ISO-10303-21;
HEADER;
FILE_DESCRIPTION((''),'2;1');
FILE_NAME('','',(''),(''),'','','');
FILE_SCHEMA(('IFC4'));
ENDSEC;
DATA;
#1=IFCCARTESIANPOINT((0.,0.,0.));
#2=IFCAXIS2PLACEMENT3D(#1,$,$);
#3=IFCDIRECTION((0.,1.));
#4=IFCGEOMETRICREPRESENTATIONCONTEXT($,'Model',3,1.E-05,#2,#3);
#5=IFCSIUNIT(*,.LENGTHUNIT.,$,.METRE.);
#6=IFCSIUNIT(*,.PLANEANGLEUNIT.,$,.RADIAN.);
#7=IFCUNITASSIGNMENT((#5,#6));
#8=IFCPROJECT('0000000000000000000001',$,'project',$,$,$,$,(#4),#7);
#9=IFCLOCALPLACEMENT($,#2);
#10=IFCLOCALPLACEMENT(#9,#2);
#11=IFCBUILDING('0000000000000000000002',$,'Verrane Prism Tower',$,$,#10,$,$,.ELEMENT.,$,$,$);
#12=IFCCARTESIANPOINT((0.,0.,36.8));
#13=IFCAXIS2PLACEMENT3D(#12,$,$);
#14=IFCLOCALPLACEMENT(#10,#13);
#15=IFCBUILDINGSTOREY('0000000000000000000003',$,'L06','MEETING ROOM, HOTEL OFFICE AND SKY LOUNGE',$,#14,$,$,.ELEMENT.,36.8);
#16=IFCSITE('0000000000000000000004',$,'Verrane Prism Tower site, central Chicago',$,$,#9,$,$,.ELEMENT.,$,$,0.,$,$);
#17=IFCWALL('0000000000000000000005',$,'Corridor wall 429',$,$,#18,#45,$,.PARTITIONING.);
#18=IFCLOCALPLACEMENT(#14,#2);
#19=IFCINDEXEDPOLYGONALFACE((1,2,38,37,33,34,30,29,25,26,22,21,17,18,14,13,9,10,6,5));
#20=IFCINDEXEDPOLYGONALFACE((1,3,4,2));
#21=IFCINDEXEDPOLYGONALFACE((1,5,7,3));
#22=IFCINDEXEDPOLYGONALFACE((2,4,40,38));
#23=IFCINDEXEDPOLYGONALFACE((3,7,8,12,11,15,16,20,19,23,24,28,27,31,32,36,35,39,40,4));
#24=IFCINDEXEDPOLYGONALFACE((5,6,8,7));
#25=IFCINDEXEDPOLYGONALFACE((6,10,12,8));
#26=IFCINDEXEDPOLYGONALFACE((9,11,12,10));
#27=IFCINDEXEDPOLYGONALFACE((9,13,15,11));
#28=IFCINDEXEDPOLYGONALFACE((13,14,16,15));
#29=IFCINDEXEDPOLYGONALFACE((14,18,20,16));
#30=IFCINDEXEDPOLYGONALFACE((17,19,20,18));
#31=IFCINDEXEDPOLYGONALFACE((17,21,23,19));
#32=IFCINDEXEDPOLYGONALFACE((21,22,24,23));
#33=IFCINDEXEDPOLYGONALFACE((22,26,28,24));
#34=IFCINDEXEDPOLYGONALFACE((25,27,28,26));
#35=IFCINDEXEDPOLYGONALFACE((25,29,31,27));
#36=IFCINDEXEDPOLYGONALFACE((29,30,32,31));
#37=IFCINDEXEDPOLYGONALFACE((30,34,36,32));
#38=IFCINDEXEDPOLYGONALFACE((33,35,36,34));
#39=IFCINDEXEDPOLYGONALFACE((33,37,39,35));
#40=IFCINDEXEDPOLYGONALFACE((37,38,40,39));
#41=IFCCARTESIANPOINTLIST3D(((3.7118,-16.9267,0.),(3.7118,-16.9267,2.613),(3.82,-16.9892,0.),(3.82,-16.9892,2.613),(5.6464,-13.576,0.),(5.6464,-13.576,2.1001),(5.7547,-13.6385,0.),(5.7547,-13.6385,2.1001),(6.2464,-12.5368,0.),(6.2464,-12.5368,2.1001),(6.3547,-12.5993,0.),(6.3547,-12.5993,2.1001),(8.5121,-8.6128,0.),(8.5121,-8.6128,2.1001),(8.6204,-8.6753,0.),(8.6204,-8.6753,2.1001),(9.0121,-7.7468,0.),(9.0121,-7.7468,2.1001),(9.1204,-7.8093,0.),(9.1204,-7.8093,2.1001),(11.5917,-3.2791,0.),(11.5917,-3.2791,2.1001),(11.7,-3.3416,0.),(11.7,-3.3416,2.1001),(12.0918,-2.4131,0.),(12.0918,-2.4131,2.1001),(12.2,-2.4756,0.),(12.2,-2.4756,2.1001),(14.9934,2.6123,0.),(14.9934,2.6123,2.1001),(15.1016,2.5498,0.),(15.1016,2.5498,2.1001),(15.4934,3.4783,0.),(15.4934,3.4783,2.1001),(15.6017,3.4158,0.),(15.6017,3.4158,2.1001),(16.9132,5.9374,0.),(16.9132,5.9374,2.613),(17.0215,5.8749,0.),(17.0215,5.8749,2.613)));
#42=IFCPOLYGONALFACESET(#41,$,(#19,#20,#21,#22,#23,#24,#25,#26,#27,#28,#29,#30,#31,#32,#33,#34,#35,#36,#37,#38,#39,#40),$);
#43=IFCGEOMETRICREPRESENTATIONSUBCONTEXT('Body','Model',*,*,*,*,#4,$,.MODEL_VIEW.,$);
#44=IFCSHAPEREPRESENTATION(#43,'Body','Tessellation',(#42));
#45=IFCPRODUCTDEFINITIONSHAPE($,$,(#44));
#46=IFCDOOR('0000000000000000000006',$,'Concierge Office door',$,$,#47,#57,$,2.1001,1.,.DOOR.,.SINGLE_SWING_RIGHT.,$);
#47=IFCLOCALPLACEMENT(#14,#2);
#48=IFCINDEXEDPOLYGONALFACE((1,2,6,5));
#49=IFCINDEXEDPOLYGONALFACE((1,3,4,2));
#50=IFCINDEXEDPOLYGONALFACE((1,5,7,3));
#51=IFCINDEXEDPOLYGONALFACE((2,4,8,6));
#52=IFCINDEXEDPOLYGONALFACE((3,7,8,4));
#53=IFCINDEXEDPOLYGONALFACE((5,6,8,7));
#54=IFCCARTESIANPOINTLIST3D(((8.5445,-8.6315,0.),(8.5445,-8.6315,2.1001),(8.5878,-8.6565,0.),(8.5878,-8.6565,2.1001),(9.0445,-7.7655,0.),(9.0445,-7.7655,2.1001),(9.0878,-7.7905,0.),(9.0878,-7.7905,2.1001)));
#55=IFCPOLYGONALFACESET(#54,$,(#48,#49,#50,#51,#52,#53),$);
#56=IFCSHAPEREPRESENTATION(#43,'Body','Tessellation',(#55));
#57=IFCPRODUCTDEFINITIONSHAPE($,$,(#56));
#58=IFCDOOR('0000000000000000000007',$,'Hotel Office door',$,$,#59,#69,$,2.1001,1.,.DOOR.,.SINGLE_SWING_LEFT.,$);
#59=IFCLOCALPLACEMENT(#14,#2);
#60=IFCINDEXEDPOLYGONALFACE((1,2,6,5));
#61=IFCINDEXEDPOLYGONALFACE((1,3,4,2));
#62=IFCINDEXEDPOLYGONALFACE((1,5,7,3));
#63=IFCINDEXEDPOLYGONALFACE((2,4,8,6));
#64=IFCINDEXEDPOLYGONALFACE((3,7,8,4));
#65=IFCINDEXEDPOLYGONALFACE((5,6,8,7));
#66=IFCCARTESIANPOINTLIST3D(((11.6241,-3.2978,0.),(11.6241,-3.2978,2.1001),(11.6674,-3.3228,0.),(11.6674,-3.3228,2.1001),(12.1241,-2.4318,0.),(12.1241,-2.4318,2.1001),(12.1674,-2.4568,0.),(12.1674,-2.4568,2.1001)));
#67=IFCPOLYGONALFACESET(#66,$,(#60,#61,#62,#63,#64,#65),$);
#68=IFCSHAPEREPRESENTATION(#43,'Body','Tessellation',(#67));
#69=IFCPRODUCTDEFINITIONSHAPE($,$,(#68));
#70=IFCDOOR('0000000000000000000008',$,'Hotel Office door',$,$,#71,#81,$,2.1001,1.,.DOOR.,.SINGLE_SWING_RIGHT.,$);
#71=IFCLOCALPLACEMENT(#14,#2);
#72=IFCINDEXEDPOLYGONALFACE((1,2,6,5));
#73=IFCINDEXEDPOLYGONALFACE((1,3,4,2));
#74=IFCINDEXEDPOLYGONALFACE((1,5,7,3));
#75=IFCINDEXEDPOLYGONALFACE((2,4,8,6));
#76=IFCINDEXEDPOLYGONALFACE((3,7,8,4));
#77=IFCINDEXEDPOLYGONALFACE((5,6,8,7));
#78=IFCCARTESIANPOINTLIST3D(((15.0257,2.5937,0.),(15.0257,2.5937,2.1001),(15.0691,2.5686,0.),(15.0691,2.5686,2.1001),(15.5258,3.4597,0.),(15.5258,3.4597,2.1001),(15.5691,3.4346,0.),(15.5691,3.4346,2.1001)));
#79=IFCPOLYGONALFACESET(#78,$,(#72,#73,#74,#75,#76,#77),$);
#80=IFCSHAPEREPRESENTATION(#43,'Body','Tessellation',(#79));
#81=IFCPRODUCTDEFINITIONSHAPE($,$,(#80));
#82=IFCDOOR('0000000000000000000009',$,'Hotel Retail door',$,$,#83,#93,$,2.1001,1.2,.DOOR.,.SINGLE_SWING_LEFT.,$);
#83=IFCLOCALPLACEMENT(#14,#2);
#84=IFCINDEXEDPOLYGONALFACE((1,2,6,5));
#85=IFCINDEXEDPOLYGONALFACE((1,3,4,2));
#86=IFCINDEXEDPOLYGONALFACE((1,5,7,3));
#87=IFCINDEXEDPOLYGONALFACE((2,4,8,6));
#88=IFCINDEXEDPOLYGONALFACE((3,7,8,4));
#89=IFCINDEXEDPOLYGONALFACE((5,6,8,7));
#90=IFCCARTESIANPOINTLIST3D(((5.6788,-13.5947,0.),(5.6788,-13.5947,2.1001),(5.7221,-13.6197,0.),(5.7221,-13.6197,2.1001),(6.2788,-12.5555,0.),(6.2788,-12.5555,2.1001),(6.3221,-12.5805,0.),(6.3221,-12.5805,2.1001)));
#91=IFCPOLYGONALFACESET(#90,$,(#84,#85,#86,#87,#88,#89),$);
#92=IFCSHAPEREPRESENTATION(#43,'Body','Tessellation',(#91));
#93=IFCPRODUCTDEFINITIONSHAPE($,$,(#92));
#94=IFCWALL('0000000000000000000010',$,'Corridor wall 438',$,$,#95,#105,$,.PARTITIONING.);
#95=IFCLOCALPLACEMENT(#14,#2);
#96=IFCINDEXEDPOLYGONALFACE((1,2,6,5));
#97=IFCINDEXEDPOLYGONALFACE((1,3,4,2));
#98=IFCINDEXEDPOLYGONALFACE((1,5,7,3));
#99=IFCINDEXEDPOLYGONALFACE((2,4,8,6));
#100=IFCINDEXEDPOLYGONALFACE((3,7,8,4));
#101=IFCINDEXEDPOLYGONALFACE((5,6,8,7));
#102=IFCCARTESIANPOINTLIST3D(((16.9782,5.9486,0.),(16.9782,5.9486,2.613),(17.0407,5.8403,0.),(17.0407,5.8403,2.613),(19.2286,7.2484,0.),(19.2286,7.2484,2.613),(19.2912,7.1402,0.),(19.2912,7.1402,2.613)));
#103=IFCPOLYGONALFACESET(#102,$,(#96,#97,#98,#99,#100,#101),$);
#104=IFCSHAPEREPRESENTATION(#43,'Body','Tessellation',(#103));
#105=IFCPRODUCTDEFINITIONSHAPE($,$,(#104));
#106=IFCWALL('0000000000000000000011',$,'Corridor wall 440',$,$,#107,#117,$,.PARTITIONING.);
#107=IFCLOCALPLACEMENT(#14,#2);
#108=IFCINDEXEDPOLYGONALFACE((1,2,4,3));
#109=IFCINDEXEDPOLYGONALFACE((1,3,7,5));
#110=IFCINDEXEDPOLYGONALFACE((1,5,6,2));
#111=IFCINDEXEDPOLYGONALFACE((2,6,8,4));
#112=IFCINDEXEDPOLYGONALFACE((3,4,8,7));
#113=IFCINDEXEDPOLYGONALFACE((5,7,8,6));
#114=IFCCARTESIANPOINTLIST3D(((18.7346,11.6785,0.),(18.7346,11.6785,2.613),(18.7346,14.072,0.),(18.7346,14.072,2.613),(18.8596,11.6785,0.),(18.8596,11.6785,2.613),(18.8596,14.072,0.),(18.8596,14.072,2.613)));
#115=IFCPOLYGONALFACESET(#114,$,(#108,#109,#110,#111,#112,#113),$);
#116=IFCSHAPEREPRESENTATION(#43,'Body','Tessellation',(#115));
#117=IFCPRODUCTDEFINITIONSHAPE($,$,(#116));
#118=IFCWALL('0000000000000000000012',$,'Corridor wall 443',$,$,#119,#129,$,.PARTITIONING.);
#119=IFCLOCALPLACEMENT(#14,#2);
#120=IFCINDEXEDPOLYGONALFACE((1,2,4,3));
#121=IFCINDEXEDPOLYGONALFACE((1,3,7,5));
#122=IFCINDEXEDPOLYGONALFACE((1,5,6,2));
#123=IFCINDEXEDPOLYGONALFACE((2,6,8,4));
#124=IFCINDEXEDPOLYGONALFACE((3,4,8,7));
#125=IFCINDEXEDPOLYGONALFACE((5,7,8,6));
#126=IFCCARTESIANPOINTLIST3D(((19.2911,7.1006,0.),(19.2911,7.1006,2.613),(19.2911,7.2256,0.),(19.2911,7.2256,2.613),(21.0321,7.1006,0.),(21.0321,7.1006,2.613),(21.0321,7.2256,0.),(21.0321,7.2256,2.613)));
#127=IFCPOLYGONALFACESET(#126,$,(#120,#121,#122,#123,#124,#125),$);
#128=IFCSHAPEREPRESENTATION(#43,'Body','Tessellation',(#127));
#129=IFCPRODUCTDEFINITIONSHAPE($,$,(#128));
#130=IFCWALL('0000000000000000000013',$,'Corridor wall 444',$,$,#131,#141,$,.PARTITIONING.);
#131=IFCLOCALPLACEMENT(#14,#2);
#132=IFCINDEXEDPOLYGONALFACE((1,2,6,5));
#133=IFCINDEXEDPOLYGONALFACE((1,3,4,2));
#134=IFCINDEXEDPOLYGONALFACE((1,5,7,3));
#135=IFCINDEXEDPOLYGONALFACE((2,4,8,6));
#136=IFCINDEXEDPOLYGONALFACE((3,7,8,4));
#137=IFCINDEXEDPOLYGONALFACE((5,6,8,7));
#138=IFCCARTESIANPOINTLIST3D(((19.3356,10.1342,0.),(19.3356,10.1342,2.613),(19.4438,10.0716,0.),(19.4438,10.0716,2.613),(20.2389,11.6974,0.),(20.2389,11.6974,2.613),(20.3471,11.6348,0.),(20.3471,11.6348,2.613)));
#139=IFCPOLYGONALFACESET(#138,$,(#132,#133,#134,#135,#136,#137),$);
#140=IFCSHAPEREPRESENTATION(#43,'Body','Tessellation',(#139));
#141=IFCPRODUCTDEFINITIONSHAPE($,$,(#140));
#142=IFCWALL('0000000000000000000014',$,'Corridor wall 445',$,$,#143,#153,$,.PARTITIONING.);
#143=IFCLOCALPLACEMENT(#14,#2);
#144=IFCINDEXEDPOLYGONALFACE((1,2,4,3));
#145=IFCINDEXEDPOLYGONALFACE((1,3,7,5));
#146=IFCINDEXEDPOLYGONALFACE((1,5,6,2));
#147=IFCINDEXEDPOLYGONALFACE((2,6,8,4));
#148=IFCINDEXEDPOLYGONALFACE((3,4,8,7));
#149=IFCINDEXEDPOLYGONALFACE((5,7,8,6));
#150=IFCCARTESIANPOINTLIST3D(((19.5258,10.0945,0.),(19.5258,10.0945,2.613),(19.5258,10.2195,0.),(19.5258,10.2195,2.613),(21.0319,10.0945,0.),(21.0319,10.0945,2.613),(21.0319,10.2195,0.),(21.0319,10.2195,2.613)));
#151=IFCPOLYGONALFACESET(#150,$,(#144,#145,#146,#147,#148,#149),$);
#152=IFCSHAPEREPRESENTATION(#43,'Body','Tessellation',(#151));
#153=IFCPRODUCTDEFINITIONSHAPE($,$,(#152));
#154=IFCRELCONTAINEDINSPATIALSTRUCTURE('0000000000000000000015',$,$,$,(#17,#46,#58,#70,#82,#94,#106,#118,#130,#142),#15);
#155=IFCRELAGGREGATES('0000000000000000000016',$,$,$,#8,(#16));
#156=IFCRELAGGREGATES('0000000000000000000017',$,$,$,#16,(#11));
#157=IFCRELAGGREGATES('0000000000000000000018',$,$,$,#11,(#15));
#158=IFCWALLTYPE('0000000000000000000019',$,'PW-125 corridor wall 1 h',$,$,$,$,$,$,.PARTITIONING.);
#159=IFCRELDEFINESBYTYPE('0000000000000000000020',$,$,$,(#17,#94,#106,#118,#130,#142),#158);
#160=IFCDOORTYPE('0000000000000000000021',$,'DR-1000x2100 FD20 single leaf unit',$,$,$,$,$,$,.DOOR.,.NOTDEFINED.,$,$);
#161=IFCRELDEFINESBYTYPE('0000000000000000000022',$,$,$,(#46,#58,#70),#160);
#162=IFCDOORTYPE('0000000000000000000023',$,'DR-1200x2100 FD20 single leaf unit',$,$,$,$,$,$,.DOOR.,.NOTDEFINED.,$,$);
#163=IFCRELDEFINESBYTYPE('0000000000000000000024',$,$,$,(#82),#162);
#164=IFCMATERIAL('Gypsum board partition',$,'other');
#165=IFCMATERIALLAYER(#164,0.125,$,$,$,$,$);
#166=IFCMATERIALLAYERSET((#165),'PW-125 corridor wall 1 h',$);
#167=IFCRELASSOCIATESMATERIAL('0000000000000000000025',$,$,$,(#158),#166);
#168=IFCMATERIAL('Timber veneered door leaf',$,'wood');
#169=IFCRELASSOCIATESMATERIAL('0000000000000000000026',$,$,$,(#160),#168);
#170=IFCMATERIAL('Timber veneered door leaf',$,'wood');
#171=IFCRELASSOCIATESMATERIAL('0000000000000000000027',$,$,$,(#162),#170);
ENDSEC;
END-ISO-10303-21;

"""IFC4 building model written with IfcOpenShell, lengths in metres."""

from ifc_helpers import new_model, si_unit, direction, frame, frame_2d, origin, place, context, subcontext, project, spatial, rectangle, extrude, material, layer, layer_set, type_object, element, fill, save


model = new_model("IFC4")

# Units and contexts
model_context = context("Model", 3, precision=1e-05, world=origin(), true_north=direction((0.0, 1.0)))
body_context = subcontext(model_context, "Body", "Model", "MODEL_VIEW")
ifc_project = project(units=[si_unit("LENGTHUNIT", "METRE"), si_unit("PLANEANGLEUNIT", "RADIAN")], contexts=[model_context])

# Site, building, storey
site_placement = place(None, origin())
site = spatial("IfcSite", under=ifc_project, at=site_placement, Name="Verrane Prism Tower site, central Chicago", CompositionType="ELEMENT", RefElevation=0.0)
building_placement = place(site_placement, origin())
building = spatial("IfcBuilding", under=site, at=building_placement, Name="Verrane Prism Tower", CompositionType="ELEMENT")
storey_placement = place(building_placement, frame((0.0, 0.0, 36.8)))
storey = spatial("IfcBuildingStorey", under=building, at=storey_placement, Name="L06", Description="MEETING ROOM, HOTEL OFFICE AND SKY LOUNGE", CompositionType="ELEMENT", Elevation=36.8)

# Wall, openings, doors
ifc_material_1 = material(Name="Gypsum board partition", Category="other")
ifc_layer_1 = layer(ifc_material_1, 0.125)
ifc_layer_set_1 = layer_set([ifc_layer_1], Name="PW-125 corridor wall 1 h")
wall_type_1 = type_object("IfcWallType", Name="PW-125 corridor wall 1 h", PredefinedType="PARTITIONING", material=ifc_layer_set_1)
wall_1_placement = place(storey_placement, frame((16.9673, 5.906, 0.0), z_axis=(0.0, 0.0, 1.0), x_axis=(-0.500025, -0.866011, 0.0)))
wall_1 = element("IfcWall", 1, at=wall_1_placement, inside=storey, type_object=wall_type_1, Name="Corridor wall 429", PredefinedType="PARTITIONING", context=body_context, shape_type="SweptSolid", body=[
    extrude(rectangle(XDim=26.4016, YDim=0.125, at=frame_2d((13.2007, 0.0))), origin(), (0.0, 0.0, 1.0), 2.613),
])
opening_1_placement = place(wall_1_placement, frame((21.3323, 0.0, 0.0)))
opening_1 = element("IfcOpeningElement", 2, at=opening_1_placement, cuts=wall_1, PredefinedType="OPENING", context=body_context, shape_type="SweptSolid", body=[
    extrude(rectangle(XDim=1.2, YDim=2.1001, at=frame_2d((0.6001, 1.05))), frame((0.0, 0.0725, 0.0), z_axis=(0.0, -1.0, 0.0), x_axis=(1.0, 0.0, 0.0)), (0.0, 0.0, 1.0), 0.145),
])
opening_2_placement = place(wall_1_placement, frame((15.8013, 0.0, 0.0)))
opening_2 = element("IfcOpeningElement", 3, at=opening_2_placement, cuts=wall_1, PredefinedType="OPENING", context=body_context, shape_type="SweptSolid", body=[
    extrude(rectangle(XDim=1.0, YDim=2.1001, at=frame_2d((0.5, 1.05))), frame((0.0, 0.0725, 0.0), z_axis=(0.0, -1.0, 0.0), x_axis=(1.0, 0.0, 0.0)), (0.0, 0.0, 1.0), 0.145),
])
opening_3_placement = place(wall_1_placement, frame((9.6423, 0.0, 0.0)))
opening_3 = element("IfcOpeningElement", 4, at=opening_3_placement, cuts=wall_1, PredefinedType="OPENING", context=body_context, shape_type="SweptSolid", body=[
    extrude(rectangle(XDim=1.0, YDim=2.1001, at=frame_2d((0.5, 1.05))), frame((0.0, 0.0725, 0.0), z_axis=(0.0, -1.0, 0.0), x_axis=(1.0, 0.0, 0.0)), (0.0, 0.0, 1.0), 0.145),
])
opening_4_placement = place(wall_1_placement, frame((2.8394, 0.0, 0.0)))
opening_4 = element("IfcOpeningElement", 5, at=opening_4_placement, cuts=wall_1, PredefinedType="OPENING", context=body_context, shape_type="SweptSolid", body=[
    extrude(rectangle(XDim=1.0, YDim=2.1001, at=frame_2d((0.5, 1.05))), frame((0.0, 0.0725, 0.0), z_axis=(0.0, -1.0, 0.0), x_axis=(1.0, 0.0, 0.0)), (0.0, 0.0, 1.0), 0.145),
])
ifc_material_2 = material(Name="Timber veneered door leaf", Category="wood")
door_type_1 = type_object("IfcDoorType", Name="DR-1000x2100 FD20 single leaf unit", OperationType="NOTDEFINED", PredefinedType="DOOR", material=ifc_material_2)
door_1_placement = place(opening_2_placement, origin())
door_1 = element("IfcDoor", 6, at=door_1_placement, inside=storey, type_object=door_type_1, Name="Concierge Office door", OperationType="SINGLE_SWING_RIGHT", OverallHeight=2.1001, OverallWidth=1.0, PredefinedType="DOOR", context=body_context, shape_type="SweptSolid", body=[
    extrude(rectangle(XDim=1.0, YDim=2.1001, at=frame_2d((0.5, 1.05))), frame((0.0, 0.0249, 0.0), z_axis=(0.0, -1.0, 0.0), x_axis=(1.0, 0.0, 0.0)), (0.0, 0.0, 1.0), 0.05),
])
fill(opening_2, door_1)
door_2_placement = place(opening_3_placement, origin())
door_2 = element("IfcDoor", 7, at=door_2_placement, inside=storey, type_object=door_type_1, Name="Hotel Office door", OperationType="SINGLE_SWING_LEFT", OverallHeight=2.1001, OverallWidth=1.0, PredefinedType="DOOR", context=body_context, shape_type="SweptSolid", body=[
    extrude(rectangle(XDim=1.0, YDim=2.1001, at=frame_2d((0.5, 1.05))), frame((0.0, 0.0249, 0.0), z_axis=(0.0, -1.0, 0.0), x_axis=(1.0, 0.0, 0.0)), (0.0, 0.0, 1.0), 0.05),
])
fill(opening_3, door_2)
door_3_placement = place(opening_4_placement, origin())
door_3 = element("IfcDoor", 8, at=door_3_placement, inside=storey, type_object=door_type_1, Name="Hotel Office door", OperationType="SINGLE_SWING_RIGHT", OverallHeight=2.1001, OverallWidth=1.0, PredefinedType="DOOR", context=body_context, shape_type="SweptSolid", body=[
    extrude(rectangle(XDim=1.0, YDim=2.1001, at=frame_2d((0.5, 1.05))), frame((0.0, 0.0249, 0.0), z_axis=(0.0, -1.0, 0.0), x_axis=(1.0, 0.0, 0.0)), (0.0, 0.0, 1.0), 0.05),
])
fill(opening_4, door_3)
ifc_material_3 = material(Name="Timber veneered door leaf", Category="wood")
door_type_2 = type_object("IfcDoorType", Name="DR-1200x2100 FD20 single leaf unit", OperationType="NOTDEFINED", PredefinedType="DOOR", material=ifc_material_3)
door_4_placement = place(opening_1_placement, origin())
door_4 = element("IfcDoor", 9, at=door_4_placement, inside=storey, type_object=door_type_2, Name="Hotel Retail door", OperationType="SINGLE_SWING_LEFT", OverallHeight=2.1001, OverallWidth=1.2, PredefinedType="DOOR", context=body_context, shape_type="SweptSolid", body=[
    extrude(rectangle(XDim=1.2, YDim=2.1001, at=frame_2d((0.6001, 1.05))), frame((0.0, 0.0249, 0.0), z_axis=(0.0, -1.0, 0.0), x_axis=(1.0, 0.0, 0.0)), (0.0, 0.0, 1.0), 0.05),
])
fill(opening_1, door_4)

# Walls
wall_2_placement = place(storey_placement, frame((17.0095, 5.8945, 0.0), z_axis=(0.0, 0.0, 1.0), x_axis=(0.865945, 0.50014, 0.0)))
element("IfcWall", 10, at=wall_2_placement, inside=storey, type_object=wall_type_1, Name="Corridor wall 438", PredefinedType="PARTITIONING", context=body_context, shape_type="SweptSolid", body=[
    extrude(rectangle(XDim=2.5989, YDim=0.125, at=frame_2d((1.2993, 0.0))), origin(), (0.0, 0.0, 1.0), 2.613),
])
wall_3_placement = place(storey_placement, frame((18.7971, 11.6785, 0.0), z_axis=(0.0, 0.0, 1.0), x_axis=(0.0, 1.0, 0.0)))
element("IfcWall", 11, at=wall_3_placement, inside=storey, type_object=wall_type_1, Name="Corridor wall 440", PredefinedType="PARTITIONING", context=body_context, shape_type="SweptSolid", body=[
    extrude(rectangle(XDim=2.3936, YDim=0.125, at=frame_2d((1.1968, 0.0))), origin(), (0.0, 0.0, 1.0), 2.613),
])
wall_4_placement = place(storey_placement, frame((19.291, 7.1631, 0.0), z_axis=(0.0, 0.0, 1.0), x_axis=(1.0, 0.0, 0.0)))
element("IfcWall", 12, at=wall_4_placement, inside=storey, type_object=wall_type_1, Name="Corridor wall 443", PredefinedType="PARTITIONING", context=body_context, shape_type="SweptSolid", body=[
    extrude(rectangle(XDim=1.741, YDim=0.125, at=frame_2d((0.8706, 0.0))), origin(), (0.0, 0.0, 1.0), 2.613),
])
wall_5_placement = place(storey_placement, frame((19.3896, 10.1028, 0.0), z_axis=(0.0, 0.0, 1.0), x_axis=(0.500327, 0.865836, 0.0)))
element("IfcWall", 13, at=wall_5_placement, inside=storey, type_object=wall_type_1, Name="Corridor wall 444", PredefinedType="PARTITIONING", context=body_context, shape_type="SweptSolid", body=[
    extrude(rectangle(XDim=1.8054, YDim=0.125, at=frame_2d((0.9028, 0.0))), origin(), (0.0, 0.0, 1.0), 2.613),
])
wall_6_placement = place(storey_placement, frame((19.5259, 10.157, 0.0), z_axis=(0.0, 0.0, 1.0), x_axis=(1.0, 0.0, 0.0)))
element("IfcWall", 14, at=wall_6_placement, inside=storey, type_object=wall_type_1, Name="Corridor wall 445", PredefinedType="PARTITIONING", context=body_context, shape_type="SweptSolid", body=[
    extrude(rectangle(XDim=1.5061, YDim=0.125, at=frame_2d((0.7529, 0.0))), origin(), (0.0, 0.0, 1.0), 2.613),
])

save(model, "model.ifc")
